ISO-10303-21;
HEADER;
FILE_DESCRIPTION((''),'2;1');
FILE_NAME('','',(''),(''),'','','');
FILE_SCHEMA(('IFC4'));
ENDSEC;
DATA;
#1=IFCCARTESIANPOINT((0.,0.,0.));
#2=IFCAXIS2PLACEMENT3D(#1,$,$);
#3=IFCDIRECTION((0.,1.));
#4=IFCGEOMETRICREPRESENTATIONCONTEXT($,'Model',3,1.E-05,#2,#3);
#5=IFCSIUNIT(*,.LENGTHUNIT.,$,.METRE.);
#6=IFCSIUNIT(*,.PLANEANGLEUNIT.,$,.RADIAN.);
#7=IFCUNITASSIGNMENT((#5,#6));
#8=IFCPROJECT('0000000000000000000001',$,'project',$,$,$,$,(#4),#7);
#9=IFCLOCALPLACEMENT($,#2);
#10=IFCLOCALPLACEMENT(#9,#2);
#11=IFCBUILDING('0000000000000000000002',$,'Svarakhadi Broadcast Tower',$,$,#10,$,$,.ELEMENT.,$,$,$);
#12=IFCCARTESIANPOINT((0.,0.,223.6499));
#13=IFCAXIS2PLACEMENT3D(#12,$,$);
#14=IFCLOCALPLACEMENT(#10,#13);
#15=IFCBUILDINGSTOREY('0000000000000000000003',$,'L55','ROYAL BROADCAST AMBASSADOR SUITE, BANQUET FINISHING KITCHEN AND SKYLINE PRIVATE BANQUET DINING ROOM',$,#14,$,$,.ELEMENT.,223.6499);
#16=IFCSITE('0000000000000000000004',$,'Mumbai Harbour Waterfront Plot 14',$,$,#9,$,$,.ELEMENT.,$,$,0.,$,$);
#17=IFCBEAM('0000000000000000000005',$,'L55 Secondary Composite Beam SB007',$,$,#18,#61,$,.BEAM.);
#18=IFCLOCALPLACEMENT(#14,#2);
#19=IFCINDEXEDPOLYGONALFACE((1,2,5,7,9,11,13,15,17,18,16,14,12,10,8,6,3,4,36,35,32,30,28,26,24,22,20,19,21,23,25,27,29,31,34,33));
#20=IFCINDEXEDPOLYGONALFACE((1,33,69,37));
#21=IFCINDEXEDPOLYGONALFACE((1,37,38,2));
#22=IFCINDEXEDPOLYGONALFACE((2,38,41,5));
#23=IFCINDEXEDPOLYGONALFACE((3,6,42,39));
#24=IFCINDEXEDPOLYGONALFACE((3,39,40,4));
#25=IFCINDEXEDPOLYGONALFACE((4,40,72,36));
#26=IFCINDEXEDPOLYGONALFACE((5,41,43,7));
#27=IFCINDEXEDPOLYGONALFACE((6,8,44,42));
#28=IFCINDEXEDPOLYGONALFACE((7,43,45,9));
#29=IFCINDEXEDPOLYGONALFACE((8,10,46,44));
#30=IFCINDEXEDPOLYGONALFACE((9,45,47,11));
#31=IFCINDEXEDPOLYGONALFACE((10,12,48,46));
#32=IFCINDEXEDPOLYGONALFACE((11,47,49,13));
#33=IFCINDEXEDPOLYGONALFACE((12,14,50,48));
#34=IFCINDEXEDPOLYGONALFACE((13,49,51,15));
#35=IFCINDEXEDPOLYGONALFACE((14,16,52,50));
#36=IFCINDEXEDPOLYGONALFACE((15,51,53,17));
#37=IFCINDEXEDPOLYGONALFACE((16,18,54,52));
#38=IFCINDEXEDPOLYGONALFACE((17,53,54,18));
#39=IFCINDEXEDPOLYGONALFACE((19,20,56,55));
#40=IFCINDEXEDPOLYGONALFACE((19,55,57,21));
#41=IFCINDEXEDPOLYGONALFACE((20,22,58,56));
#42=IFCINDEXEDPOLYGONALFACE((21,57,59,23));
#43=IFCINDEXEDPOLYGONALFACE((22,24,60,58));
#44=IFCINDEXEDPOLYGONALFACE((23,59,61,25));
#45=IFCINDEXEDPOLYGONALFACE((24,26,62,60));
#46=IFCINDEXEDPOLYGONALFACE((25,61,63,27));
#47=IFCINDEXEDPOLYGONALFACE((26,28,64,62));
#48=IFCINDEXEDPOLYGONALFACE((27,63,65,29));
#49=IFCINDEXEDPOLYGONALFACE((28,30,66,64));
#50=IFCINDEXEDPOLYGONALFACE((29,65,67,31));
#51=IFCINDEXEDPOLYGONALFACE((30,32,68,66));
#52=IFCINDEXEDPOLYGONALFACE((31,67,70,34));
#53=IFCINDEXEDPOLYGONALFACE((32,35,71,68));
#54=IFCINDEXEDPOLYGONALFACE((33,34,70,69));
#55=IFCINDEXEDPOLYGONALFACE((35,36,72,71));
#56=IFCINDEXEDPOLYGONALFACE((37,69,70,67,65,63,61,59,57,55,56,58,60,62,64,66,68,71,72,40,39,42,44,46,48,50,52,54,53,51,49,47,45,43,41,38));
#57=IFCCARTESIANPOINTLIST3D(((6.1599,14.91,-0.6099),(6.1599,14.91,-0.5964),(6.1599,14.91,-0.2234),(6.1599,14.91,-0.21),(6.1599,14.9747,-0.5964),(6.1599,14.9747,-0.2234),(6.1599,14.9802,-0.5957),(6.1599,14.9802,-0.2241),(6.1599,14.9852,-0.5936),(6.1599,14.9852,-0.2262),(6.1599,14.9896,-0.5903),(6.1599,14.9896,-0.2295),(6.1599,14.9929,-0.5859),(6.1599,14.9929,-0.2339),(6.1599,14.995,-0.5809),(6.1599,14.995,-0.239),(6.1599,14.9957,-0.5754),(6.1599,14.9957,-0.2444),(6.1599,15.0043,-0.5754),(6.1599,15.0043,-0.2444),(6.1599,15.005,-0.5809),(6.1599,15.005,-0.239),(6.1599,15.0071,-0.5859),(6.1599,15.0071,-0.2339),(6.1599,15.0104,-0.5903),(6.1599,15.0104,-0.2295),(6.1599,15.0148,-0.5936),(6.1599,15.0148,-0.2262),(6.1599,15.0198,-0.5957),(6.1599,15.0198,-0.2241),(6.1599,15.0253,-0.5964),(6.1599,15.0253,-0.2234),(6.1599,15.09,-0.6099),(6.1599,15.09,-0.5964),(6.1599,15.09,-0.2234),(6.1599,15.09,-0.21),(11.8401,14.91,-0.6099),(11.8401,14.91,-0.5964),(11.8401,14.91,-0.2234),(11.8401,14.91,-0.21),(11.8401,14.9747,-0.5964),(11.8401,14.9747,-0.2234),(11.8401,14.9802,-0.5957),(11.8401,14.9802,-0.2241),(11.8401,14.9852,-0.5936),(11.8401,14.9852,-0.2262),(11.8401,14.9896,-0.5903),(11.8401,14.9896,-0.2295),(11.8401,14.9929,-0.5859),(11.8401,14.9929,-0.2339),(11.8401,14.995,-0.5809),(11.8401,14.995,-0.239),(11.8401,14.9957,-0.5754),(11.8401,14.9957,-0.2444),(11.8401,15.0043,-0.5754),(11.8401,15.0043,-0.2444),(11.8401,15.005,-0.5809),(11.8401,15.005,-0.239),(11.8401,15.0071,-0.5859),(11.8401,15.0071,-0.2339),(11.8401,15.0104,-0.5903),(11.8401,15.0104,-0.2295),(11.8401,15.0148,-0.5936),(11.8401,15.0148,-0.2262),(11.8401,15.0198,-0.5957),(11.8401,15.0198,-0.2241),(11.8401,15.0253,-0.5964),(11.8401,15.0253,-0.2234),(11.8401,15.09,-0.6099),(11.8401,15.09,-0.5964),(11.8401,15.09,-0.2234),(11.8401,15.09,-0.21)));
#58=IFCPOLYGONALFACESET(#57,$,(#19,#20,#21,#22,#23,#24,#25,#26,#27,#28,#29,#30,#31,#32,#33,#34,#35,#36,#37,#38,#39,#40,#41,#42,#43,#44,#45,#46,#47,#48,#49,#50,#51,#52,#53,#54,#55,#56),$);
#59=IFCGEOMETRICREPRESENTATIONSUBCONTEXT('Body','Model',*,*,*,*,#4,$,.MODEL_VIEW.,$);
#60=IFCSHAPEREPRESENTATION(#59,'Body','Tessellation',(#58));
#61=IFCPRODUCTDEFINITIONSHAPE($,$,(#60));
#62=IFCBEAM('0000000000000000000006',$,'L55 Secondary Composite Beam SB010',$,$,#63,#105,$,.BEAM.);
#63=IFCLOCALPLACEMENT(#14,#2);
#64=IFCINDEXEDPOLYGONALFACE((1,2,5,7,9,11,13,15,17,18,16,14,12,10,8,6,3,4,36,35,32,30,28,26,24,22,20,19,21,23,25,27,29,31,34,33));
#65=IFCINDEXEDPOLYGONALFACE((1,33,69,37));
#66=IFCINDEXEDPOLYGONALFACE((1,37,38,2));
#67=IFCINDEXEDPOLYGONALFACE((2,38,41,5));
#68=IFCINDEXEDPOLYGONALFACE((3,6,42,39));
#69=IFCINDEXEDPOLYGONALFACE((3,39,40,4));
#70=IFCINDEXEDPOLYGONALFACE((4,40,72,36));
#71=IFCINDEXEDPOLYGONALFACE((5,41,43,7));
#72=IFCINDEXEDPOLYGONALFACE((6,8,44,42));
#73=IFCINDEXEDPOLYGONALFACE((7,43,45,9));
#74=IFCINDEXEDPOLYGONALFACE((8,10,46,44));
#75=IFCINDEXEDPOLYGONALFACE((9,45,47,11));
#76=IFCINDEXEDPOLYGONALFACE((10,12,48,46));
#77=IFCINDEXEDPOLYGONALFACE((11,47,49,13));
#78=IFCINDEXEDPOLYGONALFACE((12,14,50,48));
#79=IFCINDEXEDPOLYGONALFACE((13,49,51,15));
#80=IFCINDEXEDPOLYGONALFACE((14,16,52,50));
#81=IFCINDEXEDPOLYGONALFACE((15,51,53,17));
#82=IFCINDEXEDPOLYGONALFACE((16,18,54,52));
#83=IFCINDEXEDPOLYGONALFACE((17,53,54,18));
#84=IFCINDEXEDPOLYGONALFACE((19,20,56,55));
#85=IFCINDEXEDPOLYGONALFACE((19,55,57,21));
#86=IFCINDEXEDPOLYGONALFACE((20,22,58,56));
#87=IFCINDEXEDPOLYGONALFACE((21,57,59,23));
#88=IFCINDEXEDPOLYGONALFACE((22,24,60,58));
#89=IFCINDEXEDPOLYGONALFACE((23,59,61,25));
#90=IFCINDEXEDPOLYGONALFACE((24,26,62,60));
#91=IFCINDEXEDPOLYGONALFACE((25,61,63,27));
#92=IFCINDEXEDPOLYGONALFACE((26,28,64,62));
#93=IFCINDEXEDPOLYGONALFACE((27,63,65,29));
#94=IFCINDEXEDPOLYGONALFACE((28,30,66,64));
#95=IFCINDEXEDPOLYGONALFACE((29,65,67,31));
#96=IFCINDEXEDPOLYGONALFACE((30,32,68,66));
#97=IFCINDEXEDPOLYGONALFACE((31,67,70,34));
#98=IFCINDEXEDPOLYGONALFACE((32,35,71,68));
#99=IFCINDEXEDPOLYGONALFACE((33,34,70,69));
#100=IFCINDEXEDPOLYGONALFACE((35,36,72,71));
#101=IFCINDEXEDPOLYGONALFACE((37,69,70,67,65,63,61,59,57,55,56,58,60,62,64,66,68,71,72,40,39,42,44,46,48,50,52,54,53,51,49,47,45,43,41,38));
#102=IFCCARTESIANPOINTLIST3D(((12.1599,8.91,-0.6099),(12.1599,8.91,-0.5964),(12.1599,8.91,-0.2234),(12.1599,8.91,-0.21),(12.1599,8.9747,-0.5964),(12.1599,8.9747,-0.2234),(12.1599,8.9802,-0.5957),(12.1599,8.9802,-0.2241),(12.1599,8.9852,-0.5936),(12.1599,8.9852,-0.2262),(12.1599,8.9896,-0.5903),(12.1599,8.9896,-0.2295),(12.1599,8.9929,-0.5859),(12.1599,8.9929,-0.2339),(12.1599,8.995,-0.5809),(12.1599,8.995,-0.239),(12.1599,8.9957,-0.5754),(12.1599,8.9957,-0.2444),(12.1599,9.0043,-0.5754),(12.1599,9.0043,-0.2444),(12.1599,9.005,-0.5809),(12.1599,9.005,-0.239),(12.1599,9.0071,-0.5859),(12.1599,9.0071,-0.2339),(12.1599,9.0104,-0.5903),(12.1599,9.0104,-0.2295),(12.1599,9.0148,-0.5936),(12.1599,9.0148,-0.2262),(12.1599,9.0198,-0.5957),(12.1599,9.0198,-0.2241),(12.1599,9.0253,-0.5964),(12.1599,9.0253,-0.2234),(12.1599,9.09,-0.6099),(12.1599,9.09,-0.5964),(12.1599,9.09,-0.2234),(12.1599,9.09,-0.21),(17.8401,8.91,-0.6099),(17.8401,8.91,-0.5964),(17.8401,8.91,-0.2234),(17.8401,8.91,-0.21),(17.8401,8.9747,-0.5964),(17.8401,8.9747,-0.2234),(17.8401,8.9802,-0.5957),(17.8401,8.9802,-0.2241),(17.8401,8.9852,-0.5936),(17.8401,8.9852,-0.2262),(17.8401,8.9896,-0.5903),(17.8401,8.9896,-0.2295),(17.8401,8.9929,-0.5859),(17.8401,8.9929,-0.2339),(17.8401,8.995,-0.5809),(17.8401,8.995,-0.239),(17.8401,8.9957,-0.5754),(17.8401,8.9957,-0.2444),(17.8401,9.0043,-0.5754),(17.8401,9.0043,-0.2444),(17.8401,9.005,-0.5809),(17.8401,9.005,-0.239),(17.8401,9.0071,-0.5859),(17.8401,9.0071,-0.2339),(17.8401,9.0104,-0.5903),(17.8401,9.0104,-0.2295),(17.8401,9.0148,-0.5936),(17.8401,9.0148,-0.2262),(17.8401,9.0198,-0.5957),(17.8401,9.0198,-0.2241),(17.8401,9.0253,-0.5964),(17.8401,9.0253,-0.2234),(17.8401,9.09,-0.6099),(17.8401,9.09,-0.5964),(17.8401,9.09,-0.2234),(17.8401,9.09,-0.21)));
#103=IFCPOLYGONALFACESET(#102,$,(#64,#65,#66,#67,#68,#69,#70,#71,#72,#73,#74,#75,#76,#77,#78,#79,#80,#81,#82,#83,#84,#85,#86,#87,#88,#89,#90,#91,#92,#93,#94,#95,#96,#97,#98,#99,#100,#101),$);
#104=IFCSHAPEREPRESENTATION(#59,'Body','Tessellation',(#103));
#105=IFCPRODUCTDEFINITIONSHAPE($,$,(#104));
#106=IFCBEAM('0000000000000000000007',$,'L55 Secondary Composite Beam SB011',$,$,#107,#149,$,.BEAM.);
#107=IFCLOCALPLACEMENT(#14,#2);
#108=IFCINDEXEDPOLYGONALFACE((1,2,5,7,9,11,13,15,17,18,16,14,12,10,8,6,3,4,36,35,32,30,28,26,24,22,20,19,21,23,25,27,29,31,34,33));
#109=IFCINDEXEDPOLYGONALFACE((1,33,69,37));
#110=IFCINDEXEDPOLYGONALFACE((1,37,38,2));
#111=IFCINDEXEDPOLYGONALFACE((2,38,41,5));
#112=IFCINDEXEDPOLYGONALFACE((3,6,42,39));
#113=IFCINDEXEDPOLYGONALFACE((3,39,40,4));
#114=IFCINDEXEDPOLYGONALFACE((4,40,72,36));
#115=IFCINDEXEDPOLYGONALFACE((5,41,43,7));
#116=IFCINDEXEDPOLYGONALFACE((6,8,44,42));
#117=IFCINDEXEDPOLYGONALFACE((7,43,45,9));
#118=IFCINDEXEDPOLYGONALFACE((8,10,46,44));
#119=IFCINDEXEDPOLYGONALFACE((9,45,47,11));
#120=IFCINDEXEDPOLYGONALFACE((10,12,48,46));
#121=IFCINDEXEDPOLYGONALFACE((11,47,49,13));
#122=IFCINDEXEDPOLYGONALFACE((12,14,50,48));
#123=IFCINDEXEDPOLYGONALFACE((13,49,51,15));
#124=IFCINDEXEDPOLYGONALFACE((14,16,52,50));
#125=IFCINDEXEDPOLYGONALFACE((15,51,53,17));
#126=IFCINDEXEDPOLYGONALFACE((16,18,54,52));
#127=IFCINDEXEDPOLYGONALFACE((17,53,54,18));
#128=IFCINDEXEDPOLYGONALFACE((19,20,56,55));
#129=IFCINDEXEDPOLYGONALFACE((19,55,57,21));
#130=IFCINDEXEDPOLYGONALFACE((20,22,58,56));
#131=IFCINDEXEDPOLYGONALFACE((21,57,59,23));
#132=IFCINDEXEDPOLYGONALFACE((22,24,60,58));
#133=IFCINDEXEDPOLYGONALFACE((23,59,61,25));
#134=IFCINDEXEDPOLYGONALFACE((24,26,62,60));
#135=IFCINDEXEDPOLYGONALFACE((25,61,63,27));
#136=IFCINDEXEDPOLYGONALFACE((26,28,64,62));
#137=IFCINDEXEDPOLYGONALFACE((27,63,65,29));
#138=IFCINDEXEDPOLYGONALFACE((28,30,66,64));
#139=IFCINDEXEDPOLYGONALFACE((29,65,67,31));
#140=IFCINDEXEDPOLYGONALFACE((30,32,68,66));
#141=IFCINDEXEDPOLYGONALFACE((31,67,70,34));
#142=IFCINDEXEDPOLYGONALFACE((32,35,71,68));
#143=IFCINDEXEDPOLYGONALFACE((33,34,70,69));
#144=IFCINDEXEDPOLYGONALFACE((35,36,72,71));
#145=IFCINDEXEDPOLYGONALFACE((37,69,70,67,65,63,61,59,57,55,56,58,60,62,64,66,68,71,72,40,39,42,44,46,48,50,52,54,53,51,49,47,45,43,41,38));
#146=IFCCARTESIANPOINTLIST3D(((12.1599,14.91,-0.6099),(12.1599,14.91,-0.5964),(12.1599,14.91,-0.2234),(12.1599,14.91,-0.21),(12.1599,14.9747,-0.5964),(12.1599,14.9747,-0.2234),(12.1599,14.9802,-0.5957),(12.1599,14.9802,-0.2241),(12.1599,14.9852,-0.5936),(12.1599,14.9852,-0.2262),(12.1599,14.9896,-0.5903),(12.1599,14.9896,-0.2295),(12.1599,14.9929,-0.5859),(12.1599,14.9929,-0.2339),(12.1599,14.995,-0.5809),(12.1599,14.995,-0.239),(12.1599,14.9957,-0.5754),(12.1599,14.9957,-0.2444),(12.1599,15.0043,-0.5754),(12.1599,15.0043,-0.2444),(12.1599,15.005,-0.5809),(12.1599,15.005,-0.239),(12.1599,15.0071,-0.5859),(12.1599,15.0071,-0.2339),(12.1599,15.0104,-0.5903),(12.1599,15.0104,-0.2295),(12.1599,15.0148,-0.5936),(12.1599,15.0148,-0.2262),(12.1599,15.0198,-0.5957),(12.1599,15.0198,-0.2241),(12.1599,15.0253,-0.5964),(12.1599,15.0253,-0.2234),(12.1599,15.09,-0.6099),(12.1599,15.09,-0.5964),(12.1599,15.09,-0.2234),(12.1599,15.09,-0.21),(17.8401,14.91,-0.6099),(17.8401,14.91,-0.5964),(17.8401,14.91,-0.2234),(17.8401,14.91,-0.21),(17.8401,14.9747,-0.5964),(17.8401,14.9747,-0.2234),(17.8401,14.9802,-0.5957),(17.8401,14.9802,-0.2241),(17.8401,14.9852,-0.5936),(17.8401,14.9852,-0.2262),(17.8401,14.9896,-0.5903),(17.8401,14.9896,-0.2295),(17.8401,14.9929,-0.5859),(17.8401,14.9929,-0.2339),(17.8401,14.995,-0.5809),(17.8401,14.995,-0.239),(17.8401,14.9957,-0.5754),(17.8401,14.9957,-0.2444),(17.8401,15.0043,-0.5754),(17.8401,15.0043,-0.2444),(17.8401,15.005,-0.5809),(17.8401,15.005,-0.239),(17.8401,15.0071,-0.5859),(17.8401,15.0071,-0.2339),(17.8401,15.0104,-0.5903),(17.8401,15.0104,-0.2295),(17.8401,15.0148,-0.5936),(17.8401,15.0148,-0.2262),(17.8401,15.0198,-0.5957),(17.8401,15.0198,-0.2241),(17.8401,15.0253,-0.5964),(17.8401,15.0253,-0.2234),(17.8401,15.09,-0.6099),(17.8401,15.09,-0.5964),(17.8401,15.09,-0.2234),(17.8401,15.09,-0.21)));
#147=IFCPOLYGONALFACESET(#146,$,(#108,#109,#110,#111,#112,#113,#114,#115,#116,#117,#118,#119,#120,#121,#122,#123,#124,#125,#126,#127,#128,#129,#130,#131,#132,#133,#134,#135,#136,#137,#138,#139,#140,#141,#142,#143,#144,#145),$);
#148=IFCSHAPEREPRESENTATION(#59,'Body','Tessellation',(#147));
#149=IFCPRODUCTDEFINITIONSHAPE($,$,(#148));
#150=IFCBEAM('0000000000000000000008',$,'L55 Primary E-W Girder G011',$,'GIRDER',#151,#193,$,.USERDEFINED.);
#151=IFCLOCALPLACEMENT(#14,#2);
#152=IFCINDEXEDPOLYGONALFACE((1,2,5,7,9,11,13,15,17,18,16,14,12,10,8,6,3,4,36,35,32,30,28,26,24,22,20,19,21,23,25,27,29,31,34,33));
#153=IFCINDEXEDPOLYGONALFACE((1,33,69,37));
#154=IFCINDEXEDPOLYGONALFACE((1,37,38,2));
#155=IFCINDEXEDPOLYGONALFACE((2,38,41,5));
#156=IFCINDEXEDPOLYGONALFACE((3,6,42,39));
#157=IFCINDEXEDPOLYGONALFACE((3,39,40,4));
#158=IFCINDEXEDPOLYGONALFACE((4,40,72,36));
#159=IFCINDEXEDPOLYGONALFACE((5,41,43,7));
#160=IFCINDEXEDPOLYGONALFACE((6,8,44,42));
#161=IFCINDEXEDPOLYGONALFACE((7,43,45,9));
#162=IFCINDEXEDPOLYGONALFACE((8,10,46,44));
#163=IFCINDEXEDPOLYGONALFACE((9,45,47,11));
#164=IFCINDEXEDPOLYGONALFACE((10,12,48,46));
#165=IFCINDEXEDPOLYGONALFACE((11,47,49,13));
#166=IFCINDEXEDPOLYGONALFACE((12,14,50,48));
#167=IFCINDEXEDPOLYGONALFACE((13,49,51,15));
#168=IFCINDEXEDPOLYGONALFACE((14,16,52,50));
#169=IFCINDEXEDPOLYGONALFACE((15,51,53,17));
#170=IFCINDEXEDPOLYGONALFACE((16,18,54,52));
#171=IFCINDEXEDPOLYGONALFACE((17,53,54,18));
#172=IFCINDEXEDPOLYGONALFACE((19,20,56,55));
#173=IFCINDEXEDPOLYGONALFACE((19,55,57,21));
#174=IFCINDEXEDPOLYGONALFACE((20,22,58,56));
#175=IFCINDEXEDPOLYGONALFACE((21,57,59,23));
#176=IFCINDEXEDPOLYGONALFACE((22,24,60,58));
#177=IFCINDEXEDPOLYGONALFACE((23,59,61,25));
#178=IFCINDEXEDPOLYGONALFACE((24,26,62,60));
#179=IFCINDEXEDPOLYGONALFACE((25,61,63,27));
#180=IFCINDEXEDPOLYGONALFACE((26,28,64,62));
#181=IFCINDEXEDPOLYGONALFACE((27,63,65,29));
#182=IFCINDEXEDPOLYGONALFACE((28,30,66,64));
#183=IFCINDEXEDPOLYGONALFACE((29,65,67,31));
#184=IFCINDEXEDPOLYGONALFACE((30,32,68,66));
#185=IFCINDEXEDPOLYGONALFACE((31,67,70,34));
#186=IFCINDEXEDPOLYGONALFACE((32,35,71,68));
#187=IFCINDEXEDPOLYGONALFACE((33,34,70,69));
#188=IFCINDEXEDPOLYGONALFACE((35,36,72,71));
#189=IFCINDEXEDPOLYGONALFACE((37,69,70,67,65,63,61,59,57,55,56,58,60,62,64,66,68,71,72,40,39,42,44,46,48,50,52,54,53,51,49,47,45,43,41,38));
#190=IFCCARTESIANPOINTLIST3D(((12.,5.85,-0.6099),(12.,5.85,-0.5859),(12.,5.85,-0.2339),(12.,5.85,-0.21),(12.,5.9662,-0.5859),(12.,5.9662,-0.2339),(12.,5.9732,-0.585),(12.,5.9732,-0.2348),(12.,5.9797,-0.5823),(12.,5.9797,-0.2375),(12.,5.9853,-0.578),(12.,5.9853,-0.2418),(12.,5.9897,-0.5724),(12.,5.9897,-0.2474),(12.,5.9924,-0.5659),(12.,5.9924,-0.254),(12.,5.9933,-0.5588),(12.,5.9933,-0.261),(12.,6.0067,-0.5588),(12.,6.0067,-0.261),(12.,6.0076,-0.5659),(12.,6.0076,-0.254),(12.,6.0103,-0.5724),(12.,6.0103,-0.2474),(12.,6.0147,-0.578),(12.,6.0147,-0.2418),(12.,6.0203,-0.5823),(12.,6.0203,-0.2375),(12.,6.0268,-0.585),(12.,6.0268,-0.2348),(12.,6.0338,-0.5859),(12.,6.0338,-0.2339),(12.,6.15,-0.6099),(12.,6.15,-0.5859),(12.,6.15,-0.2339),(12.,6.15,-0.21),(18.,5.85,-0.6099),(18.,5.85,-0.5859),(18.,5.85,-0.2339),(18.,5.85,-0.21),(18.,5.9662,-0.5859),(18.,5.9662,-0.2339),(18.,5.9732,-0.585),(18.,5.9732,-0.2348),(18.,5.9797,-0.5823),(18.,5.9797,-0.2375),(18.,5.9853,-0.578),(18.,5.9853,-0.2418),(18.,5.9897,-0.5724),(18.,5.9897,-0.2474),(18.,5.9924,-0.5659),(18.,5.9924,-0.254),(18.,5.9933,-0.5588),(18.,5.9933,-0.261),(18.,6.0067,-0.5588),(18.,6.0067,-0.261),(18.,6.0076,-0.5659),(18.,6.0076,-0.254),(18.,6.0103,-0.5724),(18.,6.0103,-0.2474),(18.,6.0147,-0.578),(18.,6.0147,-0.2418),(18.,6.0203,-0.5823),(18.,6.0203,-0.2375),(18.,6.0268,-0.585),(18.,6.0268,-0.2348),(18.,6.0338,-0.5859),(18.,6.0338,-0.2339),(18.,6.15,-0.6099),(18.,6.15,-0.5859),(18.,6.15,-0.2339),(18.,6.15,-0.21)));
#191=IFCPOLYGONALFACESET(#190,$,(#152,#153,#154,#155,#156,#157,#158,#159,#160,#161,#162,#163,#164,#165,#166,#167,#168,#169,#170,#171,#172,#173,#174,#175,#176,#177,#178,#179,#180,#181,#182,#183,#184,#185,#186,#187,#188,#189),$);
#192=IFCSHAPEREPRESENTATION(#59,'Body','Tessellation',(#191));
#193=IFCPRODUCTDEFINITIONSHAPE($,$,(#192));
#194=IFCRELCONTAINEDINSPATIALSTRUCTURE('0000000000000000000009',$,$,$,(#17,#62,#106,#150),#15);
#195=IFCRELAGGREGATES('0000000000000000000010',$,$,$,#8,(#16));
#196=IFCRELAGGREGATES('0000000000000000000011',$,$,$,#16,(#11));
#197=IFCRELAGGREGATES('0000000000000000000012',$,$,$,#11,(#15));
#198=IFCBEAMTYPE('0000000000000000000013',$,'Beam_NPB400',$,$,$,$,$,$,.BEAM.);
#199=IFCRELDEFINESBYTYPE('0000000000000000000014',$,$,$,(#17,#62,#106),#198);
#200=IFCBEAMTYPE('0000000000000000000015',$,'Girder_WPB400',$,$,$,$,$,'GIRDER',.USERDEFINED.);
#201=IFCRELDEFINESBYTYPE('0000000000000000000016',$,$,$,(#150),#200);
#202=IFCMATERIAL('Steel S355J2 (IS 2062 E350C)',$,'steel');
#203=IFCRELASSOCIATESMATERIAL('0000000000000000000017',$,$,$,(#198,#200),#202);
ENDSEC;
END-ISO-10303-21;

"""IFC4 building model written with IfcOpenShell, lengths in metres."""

from ifc_helpers import new_model, si_unit, direction, frame, origin, origin_2d, place, context, subcontext, project, spatial, i_section, extrude, material, material_profile, profile_set, type_object, element, save


model = new_model("IFC4")

# Units and contexts
model_context = context("Model", 3, precision=1e-05, world=origin(), true_north=direction((0.0, 1.0)))
body_context = subcontext(model_context, "Body", "Model", "MODEL_VIEW")
ifc_project = project(units=[si_unit("LENGTHUNIT", "METRE"), si_unit("PLANEANGLEUNIT", "RADIAN")], contexts=[model_context])

# Site, building, storey
site_placement = place(None, origin())
site = spatial("IfcSite", under=ifc_project, at=site_placement, Name="Mumbai Harbour Waterfront Plot 14", CompositionType="ELEMENT", RefElevation=0.0)
building_placement = place(site_placement, origin())
building = spatial("IfcBuilding", under=site, at=building_placement, Name="Svarakhadi Broadcast Tower", CompositionType="ELEMENT")
storey_placement = place(building_placement, frame((0.0, 0.0, 223.6499)))
storey = spatial("IfcBuildingStorey", under=building, at=storey_placement, Name="L55", Description="ROYAL BROADCAST AMBASSADOR SUITE, BANQUET FINISHING KITCHEN AND SKYLINE PRIVATE BANQUET DINING ROOM", CompositionType="ELEMENT", Elevation=223.6499)

# Beams
ifc_material_1 = material(Name="Steel S355J2 (IS 2062 E350C)", Category="steel")
ifc_material_profile_1 = material_profile(ifc_material_1, i_section(OverallWidth=0.1799, OverallDepth=0.3999, WebThickness=0.0085, FlangeThickness=0.0134, FilletRadius=0.021, at=origin_2d()), Name="NPB 400x180x66")
ifc_profile_set_1 = profile_set([ifc_material_profile_1], Name="Steel S355J2 (IS 2062 E350C)")
beam_type_1 = type_object("IfcBeamType", Name="Beam_NPB400", PredefinedType="BEAM", material=ifc_profile_set_1)
for number, where, z_axis, x_axis, name in (
    (1, (6.1599, 15.0, -0.4099), (1.0, 0.0, 0.0), (0.0, 1.0, 0.0), "L55 Secondary Composite Beam SB007"),
    (2, (12.1599, 9.0, -0.4099), (1.0, 0.0, 0.0), (0.0, 1.0, 0.0), "L55 Secondary Composite Beam SB010"),
    (3, (12.1599, 15.0, -0.4099), (1.0, 0.0, 0.0), (0.0, 1.0, 0.0), "L55 Secondary Composite Beam SB011"),
):
    element("IfcBeam", number, at=place(storey_placement, frame(where, z_axis=z_axis, x_axis=x_axis)), inside=storey, type_object=beam_type_1, Name=name, PredefinedType="BEAM", context=body_context, shape_type="SweptSolid", body=[
        extrude(i_section(OverallWidth=0.1799, OverallDepth=0.3999, WebThickness=0.0085, FlangeThickness=0.0134, FilletRadius=0.021, at=origin_2d()), origin(), (0.0, 0.0, 1.0), 5.6802),
    ])
ifc_material_profile_2 = material_profile(ifc_material_1, i_section(OverallWidth=0.3, OverallDepth=0.3999, WebThickness=0.0134, FlangeThickness=0.0239, FilletRadius=0.0271, at=origin_2d()), Name="WPB 400x300x155")
ifc_profile_set_2 = profile_set([ifc_material_profile_2], Name="Steel S355J2 (IS 2062 E350C)")
beam_type_2 = type_object("IfcBeamType", Name="Girder_WPB400", ElementType="GIRDER", PredefinedType="USERDEFINED", material=ifc_profile_set_2)
for number, where, z_axis, x_axis, name in (
    (4, (12.0, 6.0, -0.4099), (1.0, 0.0, 0.0), (0.0, 1.0, 0.0), "L55 Primary E-W Girder G011"),
):
    element("IfcBeam", number, at=place(storey_placement, frame(where, z_axis=z_axis, x_axis=x_axis)), inside=storey, type_object=beam_type_2, Name=name, ObjectType="GIRDER", PredefinedType="USERDEFINED", context=body_context, shape_type="SweptSolid", body=[
        extrude(i_section(OverallWidth=0.3, OverallDepth=0.3999, WebThickness=0.0134, FlangeThickness=0.0239, FilletRadius=0.0271, at=origin_2d()), origin(), (0.0, 0.0, 1.0), 6.0),
    ])

save(model, "model.ifc")
